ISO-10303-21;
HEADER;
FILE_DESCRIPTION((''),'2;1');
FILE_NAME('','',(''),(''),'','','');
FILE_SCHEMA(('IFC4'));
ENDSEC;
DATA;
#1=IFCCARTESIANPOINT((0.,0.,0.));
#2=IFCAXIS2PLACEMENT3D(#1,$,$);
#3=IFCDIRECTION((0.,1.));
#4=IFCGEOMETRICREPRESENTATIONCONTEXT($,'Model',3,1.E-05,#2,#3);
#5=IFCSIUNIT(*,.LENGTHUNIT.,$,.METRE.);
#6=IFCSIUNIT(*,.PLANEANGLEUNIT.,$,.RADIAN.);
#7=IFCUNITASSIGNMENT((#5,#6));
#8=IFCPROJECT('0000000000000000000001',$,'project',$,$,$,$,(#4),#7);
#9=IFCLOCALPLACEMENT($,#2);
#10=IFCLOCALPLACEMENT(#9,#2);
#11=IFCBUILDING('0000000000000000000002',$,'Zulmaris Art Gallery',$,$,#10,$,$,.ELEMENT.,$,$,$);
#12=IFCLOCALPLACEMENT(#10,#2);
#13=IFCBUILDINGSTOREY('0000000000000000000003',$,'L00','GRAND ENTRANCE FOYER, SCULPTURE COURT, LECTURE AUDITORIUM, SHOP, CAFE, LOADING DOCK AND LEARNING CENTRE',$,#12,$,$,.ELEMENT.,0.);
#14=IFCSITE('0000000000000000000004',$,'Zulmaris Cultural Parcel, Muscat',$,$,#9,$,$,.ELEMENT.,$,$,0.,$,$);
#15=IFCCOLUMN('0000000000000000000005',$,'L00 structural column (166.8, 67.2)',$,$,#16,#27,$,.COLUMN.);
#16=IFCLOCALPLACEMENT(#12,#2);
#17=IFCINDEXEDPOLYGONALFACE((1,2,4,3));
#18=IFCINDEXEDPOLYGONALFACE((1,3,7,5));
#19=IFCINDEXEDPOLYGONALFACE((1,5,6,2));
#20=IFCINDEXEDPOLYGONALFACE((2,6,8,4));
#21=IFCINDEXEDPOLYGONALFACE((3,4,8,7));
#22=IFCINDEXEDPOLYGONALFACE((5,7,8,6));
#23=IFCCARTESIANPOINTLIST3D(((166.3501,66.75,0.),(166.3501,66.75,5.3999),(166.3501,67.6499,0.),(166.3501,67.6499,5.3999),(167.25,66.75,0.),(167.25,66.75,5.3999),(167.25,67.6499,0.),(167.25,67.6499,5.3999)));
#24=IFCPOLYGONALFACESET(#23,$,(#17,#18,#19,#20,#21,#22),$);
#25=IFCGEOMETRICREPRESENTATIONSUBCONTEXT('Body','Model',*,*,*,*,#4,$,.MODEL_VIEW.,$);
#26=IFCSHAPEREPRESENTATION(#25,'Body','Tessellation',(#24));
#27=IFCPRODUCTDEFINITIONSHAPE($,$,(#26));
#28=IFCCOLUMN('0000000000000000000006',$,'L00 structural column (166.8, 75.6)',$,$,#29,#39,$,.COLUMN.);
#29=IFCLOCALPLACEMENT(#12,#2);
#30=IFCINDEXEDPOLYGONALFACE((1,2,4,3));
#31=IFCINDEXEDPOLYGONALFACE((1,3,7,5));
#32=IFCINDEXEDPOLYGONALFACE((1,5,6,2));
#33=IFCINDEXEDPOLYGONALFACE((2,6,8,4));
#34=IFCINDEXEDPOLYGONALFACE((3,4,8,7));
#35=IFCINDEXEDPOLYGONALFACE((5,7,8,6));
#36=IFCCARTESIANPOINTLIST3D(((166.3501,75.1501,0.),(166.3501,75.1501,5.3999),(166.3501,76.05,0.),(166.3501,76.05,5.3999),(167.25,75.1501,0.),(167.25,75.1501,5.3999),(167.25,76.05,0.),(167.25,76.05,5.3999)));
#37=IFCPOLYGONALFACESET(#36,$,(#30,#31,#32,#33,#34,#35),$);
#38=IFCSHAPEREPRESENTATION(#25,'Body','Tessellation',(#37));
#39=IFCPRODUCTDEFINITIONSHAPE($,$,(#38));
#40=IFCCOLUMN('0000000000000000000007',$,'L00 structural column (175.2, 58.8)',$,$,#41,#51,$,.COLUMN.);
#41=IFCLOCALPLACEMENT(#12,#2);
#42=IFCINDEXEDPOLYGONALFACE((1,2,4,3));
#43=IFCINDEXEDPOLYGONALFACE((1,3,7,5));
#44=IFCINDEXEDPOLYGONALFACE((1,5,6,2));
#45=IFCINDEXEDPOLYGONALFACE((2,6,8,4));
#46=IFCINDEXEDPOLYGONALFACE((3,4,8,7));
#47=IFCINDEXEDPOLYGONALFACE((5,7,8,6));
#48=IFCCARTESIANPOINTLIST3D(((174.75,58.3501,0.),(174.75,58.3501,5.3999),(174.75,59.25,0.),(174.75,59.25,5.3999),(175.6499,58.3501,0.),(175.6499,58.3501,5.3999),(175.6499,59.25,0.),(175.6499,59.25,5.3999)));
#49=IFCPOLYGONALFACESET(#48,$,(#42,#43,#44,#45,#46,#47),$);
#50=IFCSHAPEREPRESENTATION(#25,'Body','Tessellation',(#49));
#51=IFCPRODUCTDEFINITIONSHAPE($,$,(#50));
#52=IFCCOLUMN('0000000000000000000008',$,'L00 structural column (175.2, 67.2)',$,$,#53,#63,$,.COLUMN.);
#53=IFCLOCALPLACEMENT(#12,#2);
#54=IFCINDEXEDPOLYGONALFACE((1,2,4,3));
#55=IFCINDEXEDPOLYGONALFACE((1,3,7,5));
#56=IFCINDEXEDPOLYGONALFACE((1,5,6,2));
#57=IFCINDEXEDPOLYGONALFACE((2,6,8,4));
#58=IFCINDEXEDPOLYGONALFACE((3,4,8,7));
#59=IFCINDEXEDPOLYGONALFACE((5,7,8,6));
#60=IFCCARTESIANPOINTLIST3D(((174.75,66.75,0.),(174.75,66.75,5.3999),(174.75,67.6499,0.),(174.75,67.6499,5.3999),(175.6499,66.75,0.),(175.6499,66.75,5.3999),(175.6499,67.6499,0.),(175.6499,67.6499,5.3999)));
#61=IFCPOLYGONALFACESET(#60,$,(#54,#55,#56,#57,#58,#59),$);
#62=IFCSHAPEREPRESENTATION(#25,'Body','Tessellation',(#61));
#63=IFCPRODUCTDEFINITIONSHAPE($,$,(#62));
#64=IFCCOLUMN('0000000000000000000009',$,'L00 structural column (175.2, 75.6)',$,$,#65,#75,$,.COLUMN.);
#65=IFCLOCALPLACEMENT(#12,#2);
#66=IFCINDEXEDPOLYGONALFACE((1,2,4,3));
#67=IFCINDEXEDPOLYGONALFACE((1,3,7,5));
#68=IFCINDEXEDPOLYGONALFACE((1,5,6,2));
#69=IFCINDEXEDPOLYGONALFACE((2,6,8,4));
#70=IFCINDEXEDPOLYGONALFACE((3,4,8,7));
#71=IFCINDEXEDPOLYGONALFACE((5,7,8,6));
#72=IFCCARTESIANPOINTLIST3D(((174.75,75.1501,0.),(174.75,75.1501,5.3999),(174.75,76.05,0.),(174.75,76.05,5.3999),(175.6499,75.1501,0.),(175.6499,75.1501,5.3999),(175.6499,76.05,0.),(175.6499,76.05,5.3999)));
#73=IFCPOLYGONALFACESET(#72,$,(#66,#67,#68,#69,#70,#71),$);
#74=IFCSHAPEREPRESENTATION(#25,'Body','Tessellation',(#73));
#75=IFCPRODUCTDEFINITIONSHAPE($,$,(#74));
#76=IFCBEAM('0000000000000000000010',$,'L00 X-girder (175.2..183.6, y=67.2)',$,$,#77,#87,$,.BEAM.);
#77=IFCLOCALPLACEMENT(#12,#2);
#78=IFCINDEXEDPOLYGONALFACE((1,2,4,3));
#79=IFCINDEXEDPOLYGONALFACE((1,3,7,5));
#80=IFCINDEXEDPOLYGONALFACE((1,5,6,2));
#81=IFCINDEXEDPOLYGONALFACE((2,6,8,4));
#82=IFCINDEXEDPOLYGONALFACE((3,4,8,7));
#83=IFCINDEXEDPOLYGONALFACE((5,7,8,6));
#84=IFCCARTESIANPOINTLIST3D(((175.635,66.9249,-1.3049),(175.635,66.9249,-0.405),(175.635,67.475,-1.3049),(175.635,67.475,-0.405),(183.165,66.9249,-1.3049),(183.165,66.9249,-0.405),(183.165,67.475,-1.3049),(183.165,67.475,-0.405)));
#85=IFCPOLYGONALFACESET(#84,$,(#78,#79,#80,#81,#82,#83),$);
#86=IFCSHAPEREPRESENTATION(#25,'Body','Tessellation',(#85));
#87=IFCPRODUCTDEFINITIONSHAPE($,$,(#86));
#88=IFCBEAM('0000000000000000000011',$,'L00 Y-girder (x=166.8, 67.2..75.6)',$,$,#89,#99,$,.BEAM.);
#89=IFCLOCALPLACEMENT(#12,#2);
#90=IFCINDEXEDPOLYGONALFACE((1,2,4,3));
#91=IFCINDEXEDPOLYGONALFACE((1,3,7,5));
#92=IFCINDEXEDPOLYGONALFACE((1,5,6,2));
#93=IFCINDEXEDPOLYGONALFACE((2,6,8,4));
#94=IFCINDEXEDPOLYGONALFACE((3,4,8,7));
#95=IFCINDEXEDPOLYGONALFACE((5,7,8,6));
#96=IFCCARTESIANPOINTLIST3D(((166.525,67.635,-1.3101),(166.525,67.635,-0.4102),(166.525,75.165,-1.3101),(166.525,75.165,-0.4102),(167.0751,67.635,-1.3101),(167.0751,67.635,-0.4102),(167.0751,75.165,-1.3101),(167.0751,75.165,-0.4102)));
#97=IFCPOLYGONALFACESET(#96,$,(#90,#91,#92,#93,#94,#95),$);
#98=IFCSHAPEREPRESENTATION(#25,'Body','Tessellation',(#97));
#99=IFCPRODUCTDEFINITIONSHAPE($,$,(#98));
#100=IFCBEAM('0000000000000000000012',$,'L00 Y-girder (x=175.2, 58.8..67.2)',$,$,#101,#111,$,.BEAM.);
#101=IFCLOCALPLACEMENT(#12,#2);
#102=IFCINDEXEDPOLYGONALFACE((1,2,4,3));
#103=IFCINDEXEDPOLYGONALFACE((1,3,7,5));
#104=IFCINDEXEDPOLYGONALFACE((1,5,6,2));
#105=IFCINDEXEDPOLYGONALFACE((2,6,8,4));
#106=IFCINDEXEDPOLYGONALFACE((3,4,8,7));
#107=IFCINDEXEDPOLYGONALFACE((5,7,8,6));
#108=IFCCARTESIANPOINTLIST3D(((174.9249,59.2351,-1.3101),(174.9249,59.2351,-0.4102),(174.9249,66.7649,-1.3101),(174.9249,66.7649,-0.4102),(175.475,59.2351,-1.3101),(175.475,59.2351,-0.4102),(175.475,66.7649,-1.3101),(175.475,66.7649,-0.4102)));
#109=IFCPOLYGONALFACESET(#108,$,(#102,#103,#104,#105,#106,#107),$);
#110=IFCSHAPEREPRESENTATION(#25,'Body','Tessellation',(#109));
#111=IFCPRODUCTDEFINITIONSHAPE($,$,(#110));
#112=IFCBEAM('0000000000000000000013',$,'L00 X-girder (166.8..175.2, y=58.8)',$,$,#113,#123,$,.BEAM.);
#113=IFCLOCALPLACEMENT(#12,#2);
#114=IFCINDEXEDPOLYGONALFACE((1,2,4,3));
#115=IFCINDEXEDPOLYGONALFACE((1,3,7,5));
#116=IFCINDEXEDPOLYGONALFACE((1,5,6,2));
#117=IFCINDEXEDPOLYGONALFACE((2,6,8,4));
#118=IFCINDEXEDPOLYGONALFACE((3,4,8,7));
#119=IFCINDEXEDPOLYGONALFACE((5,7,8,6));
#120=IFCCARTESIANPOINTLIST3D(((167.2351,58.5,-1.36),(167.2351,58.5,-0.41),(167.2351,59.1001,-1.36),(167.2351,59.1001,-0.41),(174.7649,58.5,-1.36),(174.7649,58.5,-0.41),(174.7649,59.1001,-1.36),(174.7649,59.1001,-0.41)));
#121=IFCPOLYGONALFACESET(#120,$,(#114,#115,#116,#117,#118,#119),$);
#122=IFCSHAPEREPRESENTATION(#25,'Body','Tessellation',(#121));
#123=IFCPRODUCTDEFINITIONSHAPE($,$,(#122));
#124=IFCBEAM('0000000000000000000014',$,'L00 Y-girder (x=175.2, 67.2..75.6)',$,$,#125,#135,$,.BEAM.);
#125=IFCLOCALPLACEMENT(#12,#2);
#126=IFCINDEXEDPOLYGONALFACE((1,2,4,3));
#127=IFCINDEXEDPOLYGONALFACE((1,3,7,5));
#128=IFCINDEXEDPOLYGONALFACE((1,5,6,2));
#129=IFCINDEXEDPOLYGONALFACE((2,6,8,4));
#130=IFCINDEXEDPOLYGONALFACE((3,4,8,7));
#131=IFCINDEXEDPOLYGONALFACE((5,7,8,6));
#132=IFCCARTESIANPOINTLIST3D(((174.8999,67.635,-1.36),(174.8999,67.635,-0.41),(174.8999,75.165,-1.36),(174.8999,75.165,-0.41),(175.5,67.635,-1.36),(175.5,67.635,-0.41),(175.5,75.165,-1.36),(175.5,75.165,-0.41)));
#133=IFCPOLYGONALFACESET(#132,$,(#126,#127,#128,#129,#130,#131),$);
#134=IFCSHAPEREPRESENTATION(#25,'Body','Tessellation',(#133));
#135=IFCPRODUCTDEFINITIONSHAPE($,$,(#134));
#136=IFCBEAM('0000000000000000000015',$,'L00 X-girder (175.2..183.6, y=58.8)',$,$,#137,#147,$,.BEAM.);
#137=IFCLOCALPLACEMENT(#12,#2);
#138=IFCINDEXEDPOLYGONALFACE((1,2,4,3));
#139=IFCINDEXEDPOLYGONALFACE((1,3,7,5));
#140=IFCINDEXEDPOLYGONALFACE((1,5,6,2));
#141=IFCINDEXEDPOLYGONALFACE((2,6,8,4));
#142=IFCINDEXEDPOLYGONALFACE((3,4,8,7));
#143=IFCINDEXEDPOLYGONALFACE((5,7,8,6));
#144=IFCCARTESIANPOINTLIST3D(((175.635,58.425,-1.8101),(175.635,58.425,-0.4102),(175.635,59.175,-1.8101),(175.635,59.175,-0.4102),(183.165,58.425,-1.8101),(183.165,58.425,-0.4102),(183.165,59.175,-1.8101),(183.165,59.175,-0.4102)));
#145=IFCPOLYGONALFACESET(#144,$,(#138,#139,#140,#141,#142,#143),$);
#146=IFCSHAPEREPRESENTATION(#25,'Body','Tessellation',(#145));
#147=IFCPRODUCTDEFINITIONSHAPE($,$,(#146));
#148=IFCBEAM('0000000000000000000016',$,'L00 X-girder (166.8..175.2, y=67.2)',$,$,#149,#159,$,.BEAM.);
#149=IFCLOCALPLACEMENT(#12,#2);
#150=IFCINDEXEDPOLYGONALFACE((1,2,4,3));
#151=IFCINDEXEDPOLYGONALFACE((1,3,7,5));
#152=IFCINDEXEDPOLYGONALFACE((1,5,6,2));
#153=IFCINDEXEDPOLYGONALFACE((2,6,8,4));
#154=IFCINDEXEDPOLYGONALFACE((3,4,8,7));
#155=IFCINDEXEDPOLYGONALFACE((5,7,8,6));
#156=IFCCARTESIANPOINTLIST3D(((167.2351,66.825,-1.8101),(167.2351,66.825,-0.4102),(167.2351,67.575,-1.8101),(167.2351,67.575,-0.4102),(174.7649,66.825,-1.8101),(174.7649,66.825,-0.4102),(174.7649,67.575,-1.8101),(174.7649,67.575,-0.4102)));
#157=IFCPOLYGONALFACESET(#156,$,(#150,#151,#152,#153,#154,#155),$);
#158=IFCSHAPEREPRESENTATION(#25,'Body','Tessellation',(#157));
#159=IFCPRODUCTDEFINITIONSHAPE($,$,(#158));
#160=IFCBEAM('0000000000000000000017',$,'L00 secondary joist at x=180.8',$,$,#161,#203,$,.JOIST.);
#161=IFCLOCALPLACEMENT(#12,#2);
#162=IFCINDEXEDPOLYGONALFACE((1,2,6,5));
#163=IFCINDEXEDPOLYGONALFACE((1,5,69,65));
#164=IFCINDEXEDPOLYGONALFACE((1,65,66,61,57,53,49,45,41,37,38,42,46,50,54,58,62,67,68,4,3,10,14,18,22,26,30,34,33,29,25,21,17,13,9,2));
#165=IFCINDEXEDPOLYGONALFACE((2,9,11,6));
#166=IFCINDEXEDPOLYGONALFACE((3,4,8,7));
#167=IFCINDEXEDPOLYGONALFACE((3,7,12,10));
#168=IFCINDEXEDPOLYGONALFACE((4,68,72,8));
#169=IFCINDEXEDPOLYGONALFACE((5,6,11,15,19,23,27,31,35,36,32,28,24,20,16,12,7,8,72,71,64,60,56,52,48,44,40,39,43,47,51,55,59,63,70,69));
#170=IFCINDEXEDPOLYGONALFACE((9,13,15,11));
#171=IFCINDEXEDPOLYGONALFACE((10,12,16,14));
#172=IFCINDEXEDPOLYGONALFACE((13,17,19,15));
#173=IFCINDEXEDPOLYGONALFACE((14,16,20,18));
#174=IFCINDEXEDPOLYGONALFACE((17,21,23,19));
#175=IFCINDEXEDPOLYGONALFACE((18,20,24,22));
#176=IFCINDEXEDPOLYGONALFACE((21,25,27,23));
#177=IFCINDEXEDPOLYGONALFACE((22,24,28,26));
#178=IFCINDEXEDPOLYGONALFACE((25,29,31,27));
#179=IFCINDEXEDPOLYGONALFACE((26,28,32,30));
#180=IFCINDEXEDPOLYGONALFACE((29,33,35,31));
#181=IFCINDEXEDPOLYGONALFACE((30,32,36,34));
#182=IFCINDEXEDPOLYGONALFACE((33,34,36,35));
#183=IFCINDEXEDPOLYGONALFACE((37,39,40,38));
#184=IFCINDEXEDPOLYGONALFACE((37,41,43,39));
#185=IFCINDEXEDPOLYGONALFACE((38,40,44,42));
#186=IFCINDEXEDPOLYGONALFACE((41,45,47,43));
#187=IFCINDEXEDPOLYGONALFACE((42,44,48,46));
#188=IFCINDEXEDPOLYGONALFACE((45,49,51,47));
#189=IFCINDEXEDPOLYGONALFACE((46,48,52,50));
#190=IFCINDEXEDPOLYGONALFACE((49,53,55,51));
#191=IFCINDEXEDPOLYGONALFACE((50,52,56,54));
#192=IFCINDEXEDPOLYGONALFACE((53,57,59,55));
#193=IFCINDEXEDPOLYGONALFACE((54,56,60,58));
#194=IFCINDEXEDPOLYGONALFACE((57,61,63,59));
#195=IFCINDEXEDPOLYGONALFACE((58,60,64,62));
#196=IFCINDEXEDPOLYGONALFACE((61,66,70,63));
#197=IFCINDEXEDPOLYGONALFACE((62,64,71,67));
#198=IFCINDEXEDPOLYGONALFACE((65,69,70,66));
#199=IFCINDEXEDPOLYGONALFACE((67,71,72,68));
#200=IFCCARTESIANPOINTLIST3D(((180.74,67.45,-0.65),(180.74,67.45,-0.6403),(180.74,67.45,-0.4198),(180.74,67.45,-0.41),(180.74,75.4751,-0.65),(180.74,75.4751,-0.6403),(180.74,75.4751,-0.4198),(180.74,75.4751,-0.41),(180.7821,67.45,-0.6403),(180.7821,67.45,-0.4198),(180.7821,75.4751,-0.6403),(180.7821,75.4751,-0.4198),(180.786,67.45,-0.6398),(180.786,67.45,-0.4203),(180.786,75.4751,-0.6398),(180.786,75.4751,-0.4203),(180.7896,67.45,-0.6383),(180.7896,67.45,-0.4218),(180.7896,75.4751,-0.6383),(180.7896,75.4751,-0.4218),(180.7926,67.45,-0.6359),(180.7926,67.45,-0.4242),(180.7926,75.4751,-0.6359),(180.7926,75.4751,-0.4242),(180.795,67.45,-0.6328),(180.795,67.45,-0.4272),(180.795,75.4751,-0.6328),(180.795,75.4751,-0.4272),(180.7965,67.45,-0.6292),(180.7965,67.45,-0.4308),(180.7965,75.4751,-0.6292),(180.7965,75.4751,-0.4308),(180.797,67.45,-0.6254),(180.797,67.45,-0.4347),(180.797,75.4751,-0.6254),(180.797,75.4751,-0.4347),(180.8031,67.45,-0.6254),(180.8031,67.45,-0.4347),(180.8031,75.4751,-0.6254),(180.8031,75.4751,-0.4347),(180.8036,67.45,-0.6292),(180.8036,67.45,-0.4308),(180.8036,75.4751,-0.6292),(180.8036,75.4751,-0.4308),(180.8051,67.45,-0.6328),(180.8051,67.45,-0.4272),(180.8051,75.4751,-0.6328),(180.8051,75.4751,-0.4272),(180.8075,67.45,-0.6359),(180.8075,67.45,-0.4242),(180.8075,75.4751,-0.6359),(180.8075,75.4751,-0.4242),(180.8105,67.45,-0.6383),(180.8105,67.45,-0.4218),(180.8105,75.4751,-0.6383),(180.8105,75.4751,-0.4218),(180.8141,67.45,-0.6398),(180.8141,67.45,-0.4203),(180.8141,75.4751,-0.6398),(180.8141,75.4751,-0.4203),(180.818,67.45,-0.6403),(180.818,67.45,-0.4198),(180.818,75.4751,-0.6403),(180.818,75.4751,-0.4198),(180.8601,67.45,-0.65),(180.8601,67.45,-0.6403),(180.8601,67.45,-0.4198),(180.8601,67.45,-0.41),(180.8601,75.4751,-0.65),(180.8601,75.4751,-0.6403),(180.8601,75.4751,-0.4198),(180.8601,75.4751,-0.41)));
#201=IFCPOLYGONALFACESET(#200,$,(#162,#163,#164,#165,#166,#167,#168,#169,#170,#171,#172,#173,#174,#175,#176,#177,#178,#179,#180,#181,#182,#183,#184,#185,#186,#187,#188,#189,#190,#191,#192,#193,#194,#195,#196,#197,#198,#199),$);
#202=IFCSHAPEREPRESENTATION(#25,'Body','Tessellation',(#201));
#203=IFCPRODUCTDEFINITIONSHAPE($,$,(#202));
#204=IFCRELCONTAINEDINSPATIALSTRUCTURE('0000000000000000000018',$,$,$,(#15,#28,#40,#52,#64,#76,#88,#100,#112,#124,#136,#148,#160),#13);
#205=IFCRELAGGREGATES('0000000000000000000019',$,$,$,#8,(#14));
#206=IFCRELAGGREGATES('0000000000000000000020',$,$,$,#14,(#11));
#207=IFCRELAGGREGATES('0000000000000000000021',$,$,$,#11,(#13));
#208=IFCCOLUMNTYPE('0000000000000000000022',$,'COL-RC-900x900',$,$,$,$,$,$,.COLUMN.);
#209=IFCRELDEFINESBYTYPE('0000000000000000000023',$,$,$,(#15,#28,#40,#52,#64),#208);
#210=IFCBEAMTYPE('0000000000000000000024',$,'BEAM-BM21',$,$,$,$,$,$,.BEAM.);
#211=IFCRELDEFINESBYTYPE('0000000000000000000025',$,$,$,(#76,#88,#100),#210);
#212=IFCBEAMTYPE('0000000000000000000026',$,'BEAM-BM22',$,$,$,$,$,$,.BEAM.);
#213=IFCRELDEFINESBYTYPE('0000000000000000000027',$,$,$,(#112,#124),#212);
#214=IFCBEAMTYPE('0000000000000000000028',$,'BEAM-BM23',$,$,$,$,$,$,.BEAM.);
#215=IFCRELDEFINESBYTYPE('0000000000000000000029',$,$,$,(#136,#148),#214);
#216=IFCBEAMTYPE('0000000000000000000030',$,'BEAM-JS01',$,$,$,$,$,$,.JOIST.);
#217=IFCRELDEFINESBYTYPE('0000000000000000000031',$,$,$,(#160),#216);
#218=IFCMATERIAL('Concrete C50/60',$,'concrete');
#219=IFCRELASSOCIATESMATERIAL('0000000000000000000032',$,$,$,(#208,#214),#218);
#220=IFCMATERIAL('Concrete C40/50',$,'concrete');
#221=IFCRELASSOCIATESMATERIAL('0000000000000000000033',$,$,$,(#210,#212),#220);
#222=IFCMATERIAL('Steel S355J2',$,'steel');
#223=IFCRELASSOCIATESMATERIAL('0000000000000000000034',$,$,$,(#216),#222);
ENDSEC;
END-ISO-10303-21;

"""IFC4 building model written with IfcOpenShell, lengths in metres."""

from ifc_helpers import new_model, si_unit, direction, frame, origin, origin_2d, place, context, subcontext, project, spatial, rectangle, i_section, extrude, material, material_profile, profile_set, type_object, element, save


model = new_model("IFC4")

# Units and contexts
model_context = context("Model", 3, precision=1e-05, world=origin(), true_north=direction((0.0, 1.0)))
body_context = subcontext(model_context, "Body", "Model", "MODEL_VIEW")
ifc_project = project(units=[si_unit("LENGTHUNIT", "METRE"), si_unit("PLANEANGLEUNIT", "RADIAN")], contexts=[model_context])

# Site, building, storey
site_placement = place(None, origin())
site = spatial("IfcSite", under=ifc_project, at=site_placement, Name="Zulmaris Cultural Parcel, Muscat", CompositionType="ELEMENT", RefElevation=0.0)
building_placement = place(site_placement, origin())
building = spatial("IfcBuilding", under=site, at=building_placement, Name="Zulmaris Art Gallery", CompositionType="ELEMENT")
storey_placement = place(building_placement, origin())
storey = spatial("IfcBuildingStorey", under=building, at=storey_placement, Name="L00", Description="GRAND ENTRANCE FOYER, SCULPTURE COURT, LECTURE AUDITORIUM, SHOP, CAFE, LOADING DOCK AND LEARNING CENTRE", CompositionType="ELEMENT", Elevation=0.0)

# Columns
ifc_material_1 = material(Name="Concrete C50/60", Category="concrete")
ifc_material_profile_1 = material_profile(ifc_material_1, rectangle(XDim=0.8999, YDim=0.8999, at=origin_2d()), Name="RC 900x900")
ifc_profile_set_1 = profile_set([ifc_material_profile_1], Name="Concrete C50/60")
column_type = type_object("IfcColumnType", Name="COL-RC-900x900", PredefinedType="COLUMN", material=ifc_profile_set_1)
for number, where, z_axis, x_axis, name in (
    (1, (166.8, 67.2, 0.0), (0.0, 0.0, 1.0), (1.0, 0.0, 0.0), "L00 structural column (166.8, 67.2)"),
    (2, (166.8, 75.6001, 0.0), (0.0, 0.0, 1.0), (1.0, 0.0, 0.0), "L00 structural column (166.8, 75.6)"),
    (3, (175.2, 58.8, 0.0), (0.0, 0.0, 1.0), (1.0, 0.0, 0.0), "L00 structural column (175.2, 58.8)"),
    (4, (175.2, 67.2, 0.0), (0.0, 0.0, 1.0), (1.0, 0.0, 0.0), "L00 structural column (175.2, 67.2)"),
    (5, (175.2, 75.6001, 0.0), (0.0, 0.0, 1.0), (1.0, 0.0, 0.0), "L00 structural column (175.2, 75.6)"),
):
    element("IfcColumn", number, at=place(storey_placement, frame(where, z_axis=z_axis, x_axis=x_axis)), inside=storey, type_object=column_type, Name=name, PredefinedType="COLUMN", context=body_context, shape_type="SweptSolid", body=[
        extrude(rectangle(XDim=0.8999, YDim=0.8999, at=origin_2d()), origin(), (0.0, 0.0, 1.0), 5.3999),
    ])

# Beams
ifc_material_2 = material(Name="Concrete C40/50", Category="concrete")
ifc_material_profile_2 = material_profile(ifc_material_2, rectangle(XDim=0.55, YDim=0.8999, at=origin_2d()), Name="RC 550x900")
ifc_profile_set_2 = profile_set([ifc_material_profile_2], Name="Concrete C40/50")
beam_type_1 = type_object("IfcBeamType", Name="BEAM-BM21", PredefinedType="BEAM", material=ifc_profile_set_2)
for number, where, z_axis, x_axis, name in (
    (6, (175.635, 67.2, -0.855), (1.0, 0.0, 0.0), (0.0, 1.0, 0.0), "L00 X-girder (175.2..183.6, y=67.2)"),
    (7, (166.8, 67.635, -0.8601), (0.0, 1.0, 0.0), (-1.0, 0.0, 0.0), "L00 Y-girder (x=166.8, 67.2..75.6)"),
):
    element("IfcBeam", number, at=place(storey_placement, frame(where, z_axis=z_axis, x_axis=x_axis)), inside=storey, type_object=beam_type_1, Name=name, PredefinedType="BEAM", context=body_context, shape_type="SweptSolid", body=[
        extrude(rectangle(XDim=0.55, YDim=0.8999, at=origin_2d()), origin(), (0.0, 0.0, 1.0), 7.53),
    ])
beam_1_placement = place(storey_placement, frame((175.2, 59.2351, -0.8601), z_axis=(0.0, 1.0, 0.0), x_axis=(-1.0, 0.0, 0.0)))
element("IfcBeam", 8, at=beam_1_placement, inside=storey, type_object=beam_type_1, Name="L00 Y-girder (x=175.2, 58.8..67.2)", PredefinedType="BEAM", context=body_context, shape_type="SweptSolid", body=[
    extrude(rectangle(XDim=0.55, YDim=0.8999, at=origin_2d()), origin(), (0.0, 0.0, 1.0), 7.5298),
])
ifc_material_profile_3 = material_profile(ifc_material_2, rectangle(XDim=0.6001, YDim=0.95, at=origin_2d()), Name="RC 600x950")
ifc_profile_set_3 = profile_set([ifc_material_profile_3], Name="Concrete C40/50")
beam_type_2 = type_object("IfcBeamType", Name="BEAM-BM22", PredefinedType="BEAM", material=ifc_profile_set_3)
beam_2_placement = place(storey_placement, frame((167.2351, 58.8, -0.885), z_axis=(1.0, 0.0, 0.0), x_axis=(0.0, 1.0, 0.0)))
element("IfcBeam", 9, at=beam_2_placement, inside=storey, type_object=beam_type_2, Name="L00 X-girder (166.8..175.2, y=58.8)", PredefinedType="BEAM", context=body_context, shape_type="SweptSolid", body=[
    extrude(rectangle(XDim=0.6001, YDim=0.95, at=origin_2d()), origin(), (0.0, 0.0, 1.0), 7.5298),
])
beam_3_placement = place(storey_placement, frame((175.2, 67.635, -0.885), z_axis=(0.0, 1.0, 0.0), x_axis=(-1.0, 0.0, 0.0)))
element("IfcBeam", 10, at=beam_3_placement, inside=storey, type_object=beam_type_2, Name="L00 Y-girder (x=175.2, 67.2..75.6)", PredefinedType="BEAM", context=body_context, shape_type="SweptSolid", body=[
    extrude(rectangle(XDim=0.6001, YDim=0.95, at=origin_2d()), origin(), (0.0, 0.0, 1.0), 7.53),
])
ifc_material_profile_4 = material_profile(ifc_material_1, rectangle(XDim=0.75, YDim=1.3999, at=origin_2d()), Name="RC 750x1400")
ifc_profile_set_4 = profile_set([ifc_material_profile_4], Name="Concrete C50/60")
beam_type_3 = type_object("IfcBeamType", Name="BEAM-BM23", PredefinedType="BEAM", material=ifc_profile_set_4)
beam_4_placement = place(storey_placement, frame((175.635, 58.8, -1.1101), z_axis=(1.0, 0.0, 0.0), x_axis=(0.0, 1.0, 0.0)))
element("IfcBeam", 11, at=beam_4_placement, inside=storey, type_object=beam_type_3, Name="L00 X-girder (175.2..183.6, y=58.8)", PredefinedType="BEAM", context=body_context, shape_type="SweptSolid", body=[
    extrude(rectangle(XDim=0.75, YDim=1.3999, at=origin_2d()), origin(), (0.0, 0.0, 1.0), 7.53),
])
beam_5_placement = place(storey_placement, frame((167.2351, 67.2, -1.1101), z_axis=(1.0, 0.0, 0.0), x_axis=(0.0, 1.0, 0.0)))
element("IfcBeam", 12, at=beam_5_placement, inside=storey, type_object=beam_type_3, Name="L00 X-girder (166.8..175.2, y=67.2)", PredefinedType="BEAM", context=body_context, shape_type="SweptSolid", body=[
    extrude(rectangle(XDim=0.75, YDim=1.3999, at=origin_2d()), origin(), (0.0, 0.0, 1.0), 7.5298),
])
ifc_material_3 = material(Name="Steel S355J2", Category="steel")
ifc_material_profile_5 = material_profile(ifc_material_3, i_section(OverallWidth=0.1201, OverallDepth=0.24, WebThickness=0.0061, FlangeThickness=0.0098, FilletRadius=0.0149, at=origin_2d()), Name="IPE 240")
ifc_profile_set_5 = profile_set([ifc_material_profile_5], Name="Steel S355J2")
beam_type_4 = type_object("IfcBeamType", Name="BEAM-JS01", PredefinedType="JOIST", material=ifc_profile_set_5)
beam_6_placement = place(storey_placement, frame((180.8, 67.45, -0.53), z_axis=(0.0, 1.0, 0.0), x_axis=(-1.0, 0.0, 0.0)))
element("IfcBeam", 13, at=beam_6_placement, inside=storey, type_object=beam_type_4, Name="L00 secondary joist at x=180.8", PredefinedType="JOIST", context=body_context, shape_type="SweptSolid", body=[
    extrude(i_section(OverallWidth=0.1201, OverallDepth=0.24, WebThickness=0.0061, FlangeThickness=0.0098, FilletRadius=0.0149, at=origin_2d()), origin(), (0.0, 0.0, 1.0), 8.0251),
])

save(model, "model.ifc")
